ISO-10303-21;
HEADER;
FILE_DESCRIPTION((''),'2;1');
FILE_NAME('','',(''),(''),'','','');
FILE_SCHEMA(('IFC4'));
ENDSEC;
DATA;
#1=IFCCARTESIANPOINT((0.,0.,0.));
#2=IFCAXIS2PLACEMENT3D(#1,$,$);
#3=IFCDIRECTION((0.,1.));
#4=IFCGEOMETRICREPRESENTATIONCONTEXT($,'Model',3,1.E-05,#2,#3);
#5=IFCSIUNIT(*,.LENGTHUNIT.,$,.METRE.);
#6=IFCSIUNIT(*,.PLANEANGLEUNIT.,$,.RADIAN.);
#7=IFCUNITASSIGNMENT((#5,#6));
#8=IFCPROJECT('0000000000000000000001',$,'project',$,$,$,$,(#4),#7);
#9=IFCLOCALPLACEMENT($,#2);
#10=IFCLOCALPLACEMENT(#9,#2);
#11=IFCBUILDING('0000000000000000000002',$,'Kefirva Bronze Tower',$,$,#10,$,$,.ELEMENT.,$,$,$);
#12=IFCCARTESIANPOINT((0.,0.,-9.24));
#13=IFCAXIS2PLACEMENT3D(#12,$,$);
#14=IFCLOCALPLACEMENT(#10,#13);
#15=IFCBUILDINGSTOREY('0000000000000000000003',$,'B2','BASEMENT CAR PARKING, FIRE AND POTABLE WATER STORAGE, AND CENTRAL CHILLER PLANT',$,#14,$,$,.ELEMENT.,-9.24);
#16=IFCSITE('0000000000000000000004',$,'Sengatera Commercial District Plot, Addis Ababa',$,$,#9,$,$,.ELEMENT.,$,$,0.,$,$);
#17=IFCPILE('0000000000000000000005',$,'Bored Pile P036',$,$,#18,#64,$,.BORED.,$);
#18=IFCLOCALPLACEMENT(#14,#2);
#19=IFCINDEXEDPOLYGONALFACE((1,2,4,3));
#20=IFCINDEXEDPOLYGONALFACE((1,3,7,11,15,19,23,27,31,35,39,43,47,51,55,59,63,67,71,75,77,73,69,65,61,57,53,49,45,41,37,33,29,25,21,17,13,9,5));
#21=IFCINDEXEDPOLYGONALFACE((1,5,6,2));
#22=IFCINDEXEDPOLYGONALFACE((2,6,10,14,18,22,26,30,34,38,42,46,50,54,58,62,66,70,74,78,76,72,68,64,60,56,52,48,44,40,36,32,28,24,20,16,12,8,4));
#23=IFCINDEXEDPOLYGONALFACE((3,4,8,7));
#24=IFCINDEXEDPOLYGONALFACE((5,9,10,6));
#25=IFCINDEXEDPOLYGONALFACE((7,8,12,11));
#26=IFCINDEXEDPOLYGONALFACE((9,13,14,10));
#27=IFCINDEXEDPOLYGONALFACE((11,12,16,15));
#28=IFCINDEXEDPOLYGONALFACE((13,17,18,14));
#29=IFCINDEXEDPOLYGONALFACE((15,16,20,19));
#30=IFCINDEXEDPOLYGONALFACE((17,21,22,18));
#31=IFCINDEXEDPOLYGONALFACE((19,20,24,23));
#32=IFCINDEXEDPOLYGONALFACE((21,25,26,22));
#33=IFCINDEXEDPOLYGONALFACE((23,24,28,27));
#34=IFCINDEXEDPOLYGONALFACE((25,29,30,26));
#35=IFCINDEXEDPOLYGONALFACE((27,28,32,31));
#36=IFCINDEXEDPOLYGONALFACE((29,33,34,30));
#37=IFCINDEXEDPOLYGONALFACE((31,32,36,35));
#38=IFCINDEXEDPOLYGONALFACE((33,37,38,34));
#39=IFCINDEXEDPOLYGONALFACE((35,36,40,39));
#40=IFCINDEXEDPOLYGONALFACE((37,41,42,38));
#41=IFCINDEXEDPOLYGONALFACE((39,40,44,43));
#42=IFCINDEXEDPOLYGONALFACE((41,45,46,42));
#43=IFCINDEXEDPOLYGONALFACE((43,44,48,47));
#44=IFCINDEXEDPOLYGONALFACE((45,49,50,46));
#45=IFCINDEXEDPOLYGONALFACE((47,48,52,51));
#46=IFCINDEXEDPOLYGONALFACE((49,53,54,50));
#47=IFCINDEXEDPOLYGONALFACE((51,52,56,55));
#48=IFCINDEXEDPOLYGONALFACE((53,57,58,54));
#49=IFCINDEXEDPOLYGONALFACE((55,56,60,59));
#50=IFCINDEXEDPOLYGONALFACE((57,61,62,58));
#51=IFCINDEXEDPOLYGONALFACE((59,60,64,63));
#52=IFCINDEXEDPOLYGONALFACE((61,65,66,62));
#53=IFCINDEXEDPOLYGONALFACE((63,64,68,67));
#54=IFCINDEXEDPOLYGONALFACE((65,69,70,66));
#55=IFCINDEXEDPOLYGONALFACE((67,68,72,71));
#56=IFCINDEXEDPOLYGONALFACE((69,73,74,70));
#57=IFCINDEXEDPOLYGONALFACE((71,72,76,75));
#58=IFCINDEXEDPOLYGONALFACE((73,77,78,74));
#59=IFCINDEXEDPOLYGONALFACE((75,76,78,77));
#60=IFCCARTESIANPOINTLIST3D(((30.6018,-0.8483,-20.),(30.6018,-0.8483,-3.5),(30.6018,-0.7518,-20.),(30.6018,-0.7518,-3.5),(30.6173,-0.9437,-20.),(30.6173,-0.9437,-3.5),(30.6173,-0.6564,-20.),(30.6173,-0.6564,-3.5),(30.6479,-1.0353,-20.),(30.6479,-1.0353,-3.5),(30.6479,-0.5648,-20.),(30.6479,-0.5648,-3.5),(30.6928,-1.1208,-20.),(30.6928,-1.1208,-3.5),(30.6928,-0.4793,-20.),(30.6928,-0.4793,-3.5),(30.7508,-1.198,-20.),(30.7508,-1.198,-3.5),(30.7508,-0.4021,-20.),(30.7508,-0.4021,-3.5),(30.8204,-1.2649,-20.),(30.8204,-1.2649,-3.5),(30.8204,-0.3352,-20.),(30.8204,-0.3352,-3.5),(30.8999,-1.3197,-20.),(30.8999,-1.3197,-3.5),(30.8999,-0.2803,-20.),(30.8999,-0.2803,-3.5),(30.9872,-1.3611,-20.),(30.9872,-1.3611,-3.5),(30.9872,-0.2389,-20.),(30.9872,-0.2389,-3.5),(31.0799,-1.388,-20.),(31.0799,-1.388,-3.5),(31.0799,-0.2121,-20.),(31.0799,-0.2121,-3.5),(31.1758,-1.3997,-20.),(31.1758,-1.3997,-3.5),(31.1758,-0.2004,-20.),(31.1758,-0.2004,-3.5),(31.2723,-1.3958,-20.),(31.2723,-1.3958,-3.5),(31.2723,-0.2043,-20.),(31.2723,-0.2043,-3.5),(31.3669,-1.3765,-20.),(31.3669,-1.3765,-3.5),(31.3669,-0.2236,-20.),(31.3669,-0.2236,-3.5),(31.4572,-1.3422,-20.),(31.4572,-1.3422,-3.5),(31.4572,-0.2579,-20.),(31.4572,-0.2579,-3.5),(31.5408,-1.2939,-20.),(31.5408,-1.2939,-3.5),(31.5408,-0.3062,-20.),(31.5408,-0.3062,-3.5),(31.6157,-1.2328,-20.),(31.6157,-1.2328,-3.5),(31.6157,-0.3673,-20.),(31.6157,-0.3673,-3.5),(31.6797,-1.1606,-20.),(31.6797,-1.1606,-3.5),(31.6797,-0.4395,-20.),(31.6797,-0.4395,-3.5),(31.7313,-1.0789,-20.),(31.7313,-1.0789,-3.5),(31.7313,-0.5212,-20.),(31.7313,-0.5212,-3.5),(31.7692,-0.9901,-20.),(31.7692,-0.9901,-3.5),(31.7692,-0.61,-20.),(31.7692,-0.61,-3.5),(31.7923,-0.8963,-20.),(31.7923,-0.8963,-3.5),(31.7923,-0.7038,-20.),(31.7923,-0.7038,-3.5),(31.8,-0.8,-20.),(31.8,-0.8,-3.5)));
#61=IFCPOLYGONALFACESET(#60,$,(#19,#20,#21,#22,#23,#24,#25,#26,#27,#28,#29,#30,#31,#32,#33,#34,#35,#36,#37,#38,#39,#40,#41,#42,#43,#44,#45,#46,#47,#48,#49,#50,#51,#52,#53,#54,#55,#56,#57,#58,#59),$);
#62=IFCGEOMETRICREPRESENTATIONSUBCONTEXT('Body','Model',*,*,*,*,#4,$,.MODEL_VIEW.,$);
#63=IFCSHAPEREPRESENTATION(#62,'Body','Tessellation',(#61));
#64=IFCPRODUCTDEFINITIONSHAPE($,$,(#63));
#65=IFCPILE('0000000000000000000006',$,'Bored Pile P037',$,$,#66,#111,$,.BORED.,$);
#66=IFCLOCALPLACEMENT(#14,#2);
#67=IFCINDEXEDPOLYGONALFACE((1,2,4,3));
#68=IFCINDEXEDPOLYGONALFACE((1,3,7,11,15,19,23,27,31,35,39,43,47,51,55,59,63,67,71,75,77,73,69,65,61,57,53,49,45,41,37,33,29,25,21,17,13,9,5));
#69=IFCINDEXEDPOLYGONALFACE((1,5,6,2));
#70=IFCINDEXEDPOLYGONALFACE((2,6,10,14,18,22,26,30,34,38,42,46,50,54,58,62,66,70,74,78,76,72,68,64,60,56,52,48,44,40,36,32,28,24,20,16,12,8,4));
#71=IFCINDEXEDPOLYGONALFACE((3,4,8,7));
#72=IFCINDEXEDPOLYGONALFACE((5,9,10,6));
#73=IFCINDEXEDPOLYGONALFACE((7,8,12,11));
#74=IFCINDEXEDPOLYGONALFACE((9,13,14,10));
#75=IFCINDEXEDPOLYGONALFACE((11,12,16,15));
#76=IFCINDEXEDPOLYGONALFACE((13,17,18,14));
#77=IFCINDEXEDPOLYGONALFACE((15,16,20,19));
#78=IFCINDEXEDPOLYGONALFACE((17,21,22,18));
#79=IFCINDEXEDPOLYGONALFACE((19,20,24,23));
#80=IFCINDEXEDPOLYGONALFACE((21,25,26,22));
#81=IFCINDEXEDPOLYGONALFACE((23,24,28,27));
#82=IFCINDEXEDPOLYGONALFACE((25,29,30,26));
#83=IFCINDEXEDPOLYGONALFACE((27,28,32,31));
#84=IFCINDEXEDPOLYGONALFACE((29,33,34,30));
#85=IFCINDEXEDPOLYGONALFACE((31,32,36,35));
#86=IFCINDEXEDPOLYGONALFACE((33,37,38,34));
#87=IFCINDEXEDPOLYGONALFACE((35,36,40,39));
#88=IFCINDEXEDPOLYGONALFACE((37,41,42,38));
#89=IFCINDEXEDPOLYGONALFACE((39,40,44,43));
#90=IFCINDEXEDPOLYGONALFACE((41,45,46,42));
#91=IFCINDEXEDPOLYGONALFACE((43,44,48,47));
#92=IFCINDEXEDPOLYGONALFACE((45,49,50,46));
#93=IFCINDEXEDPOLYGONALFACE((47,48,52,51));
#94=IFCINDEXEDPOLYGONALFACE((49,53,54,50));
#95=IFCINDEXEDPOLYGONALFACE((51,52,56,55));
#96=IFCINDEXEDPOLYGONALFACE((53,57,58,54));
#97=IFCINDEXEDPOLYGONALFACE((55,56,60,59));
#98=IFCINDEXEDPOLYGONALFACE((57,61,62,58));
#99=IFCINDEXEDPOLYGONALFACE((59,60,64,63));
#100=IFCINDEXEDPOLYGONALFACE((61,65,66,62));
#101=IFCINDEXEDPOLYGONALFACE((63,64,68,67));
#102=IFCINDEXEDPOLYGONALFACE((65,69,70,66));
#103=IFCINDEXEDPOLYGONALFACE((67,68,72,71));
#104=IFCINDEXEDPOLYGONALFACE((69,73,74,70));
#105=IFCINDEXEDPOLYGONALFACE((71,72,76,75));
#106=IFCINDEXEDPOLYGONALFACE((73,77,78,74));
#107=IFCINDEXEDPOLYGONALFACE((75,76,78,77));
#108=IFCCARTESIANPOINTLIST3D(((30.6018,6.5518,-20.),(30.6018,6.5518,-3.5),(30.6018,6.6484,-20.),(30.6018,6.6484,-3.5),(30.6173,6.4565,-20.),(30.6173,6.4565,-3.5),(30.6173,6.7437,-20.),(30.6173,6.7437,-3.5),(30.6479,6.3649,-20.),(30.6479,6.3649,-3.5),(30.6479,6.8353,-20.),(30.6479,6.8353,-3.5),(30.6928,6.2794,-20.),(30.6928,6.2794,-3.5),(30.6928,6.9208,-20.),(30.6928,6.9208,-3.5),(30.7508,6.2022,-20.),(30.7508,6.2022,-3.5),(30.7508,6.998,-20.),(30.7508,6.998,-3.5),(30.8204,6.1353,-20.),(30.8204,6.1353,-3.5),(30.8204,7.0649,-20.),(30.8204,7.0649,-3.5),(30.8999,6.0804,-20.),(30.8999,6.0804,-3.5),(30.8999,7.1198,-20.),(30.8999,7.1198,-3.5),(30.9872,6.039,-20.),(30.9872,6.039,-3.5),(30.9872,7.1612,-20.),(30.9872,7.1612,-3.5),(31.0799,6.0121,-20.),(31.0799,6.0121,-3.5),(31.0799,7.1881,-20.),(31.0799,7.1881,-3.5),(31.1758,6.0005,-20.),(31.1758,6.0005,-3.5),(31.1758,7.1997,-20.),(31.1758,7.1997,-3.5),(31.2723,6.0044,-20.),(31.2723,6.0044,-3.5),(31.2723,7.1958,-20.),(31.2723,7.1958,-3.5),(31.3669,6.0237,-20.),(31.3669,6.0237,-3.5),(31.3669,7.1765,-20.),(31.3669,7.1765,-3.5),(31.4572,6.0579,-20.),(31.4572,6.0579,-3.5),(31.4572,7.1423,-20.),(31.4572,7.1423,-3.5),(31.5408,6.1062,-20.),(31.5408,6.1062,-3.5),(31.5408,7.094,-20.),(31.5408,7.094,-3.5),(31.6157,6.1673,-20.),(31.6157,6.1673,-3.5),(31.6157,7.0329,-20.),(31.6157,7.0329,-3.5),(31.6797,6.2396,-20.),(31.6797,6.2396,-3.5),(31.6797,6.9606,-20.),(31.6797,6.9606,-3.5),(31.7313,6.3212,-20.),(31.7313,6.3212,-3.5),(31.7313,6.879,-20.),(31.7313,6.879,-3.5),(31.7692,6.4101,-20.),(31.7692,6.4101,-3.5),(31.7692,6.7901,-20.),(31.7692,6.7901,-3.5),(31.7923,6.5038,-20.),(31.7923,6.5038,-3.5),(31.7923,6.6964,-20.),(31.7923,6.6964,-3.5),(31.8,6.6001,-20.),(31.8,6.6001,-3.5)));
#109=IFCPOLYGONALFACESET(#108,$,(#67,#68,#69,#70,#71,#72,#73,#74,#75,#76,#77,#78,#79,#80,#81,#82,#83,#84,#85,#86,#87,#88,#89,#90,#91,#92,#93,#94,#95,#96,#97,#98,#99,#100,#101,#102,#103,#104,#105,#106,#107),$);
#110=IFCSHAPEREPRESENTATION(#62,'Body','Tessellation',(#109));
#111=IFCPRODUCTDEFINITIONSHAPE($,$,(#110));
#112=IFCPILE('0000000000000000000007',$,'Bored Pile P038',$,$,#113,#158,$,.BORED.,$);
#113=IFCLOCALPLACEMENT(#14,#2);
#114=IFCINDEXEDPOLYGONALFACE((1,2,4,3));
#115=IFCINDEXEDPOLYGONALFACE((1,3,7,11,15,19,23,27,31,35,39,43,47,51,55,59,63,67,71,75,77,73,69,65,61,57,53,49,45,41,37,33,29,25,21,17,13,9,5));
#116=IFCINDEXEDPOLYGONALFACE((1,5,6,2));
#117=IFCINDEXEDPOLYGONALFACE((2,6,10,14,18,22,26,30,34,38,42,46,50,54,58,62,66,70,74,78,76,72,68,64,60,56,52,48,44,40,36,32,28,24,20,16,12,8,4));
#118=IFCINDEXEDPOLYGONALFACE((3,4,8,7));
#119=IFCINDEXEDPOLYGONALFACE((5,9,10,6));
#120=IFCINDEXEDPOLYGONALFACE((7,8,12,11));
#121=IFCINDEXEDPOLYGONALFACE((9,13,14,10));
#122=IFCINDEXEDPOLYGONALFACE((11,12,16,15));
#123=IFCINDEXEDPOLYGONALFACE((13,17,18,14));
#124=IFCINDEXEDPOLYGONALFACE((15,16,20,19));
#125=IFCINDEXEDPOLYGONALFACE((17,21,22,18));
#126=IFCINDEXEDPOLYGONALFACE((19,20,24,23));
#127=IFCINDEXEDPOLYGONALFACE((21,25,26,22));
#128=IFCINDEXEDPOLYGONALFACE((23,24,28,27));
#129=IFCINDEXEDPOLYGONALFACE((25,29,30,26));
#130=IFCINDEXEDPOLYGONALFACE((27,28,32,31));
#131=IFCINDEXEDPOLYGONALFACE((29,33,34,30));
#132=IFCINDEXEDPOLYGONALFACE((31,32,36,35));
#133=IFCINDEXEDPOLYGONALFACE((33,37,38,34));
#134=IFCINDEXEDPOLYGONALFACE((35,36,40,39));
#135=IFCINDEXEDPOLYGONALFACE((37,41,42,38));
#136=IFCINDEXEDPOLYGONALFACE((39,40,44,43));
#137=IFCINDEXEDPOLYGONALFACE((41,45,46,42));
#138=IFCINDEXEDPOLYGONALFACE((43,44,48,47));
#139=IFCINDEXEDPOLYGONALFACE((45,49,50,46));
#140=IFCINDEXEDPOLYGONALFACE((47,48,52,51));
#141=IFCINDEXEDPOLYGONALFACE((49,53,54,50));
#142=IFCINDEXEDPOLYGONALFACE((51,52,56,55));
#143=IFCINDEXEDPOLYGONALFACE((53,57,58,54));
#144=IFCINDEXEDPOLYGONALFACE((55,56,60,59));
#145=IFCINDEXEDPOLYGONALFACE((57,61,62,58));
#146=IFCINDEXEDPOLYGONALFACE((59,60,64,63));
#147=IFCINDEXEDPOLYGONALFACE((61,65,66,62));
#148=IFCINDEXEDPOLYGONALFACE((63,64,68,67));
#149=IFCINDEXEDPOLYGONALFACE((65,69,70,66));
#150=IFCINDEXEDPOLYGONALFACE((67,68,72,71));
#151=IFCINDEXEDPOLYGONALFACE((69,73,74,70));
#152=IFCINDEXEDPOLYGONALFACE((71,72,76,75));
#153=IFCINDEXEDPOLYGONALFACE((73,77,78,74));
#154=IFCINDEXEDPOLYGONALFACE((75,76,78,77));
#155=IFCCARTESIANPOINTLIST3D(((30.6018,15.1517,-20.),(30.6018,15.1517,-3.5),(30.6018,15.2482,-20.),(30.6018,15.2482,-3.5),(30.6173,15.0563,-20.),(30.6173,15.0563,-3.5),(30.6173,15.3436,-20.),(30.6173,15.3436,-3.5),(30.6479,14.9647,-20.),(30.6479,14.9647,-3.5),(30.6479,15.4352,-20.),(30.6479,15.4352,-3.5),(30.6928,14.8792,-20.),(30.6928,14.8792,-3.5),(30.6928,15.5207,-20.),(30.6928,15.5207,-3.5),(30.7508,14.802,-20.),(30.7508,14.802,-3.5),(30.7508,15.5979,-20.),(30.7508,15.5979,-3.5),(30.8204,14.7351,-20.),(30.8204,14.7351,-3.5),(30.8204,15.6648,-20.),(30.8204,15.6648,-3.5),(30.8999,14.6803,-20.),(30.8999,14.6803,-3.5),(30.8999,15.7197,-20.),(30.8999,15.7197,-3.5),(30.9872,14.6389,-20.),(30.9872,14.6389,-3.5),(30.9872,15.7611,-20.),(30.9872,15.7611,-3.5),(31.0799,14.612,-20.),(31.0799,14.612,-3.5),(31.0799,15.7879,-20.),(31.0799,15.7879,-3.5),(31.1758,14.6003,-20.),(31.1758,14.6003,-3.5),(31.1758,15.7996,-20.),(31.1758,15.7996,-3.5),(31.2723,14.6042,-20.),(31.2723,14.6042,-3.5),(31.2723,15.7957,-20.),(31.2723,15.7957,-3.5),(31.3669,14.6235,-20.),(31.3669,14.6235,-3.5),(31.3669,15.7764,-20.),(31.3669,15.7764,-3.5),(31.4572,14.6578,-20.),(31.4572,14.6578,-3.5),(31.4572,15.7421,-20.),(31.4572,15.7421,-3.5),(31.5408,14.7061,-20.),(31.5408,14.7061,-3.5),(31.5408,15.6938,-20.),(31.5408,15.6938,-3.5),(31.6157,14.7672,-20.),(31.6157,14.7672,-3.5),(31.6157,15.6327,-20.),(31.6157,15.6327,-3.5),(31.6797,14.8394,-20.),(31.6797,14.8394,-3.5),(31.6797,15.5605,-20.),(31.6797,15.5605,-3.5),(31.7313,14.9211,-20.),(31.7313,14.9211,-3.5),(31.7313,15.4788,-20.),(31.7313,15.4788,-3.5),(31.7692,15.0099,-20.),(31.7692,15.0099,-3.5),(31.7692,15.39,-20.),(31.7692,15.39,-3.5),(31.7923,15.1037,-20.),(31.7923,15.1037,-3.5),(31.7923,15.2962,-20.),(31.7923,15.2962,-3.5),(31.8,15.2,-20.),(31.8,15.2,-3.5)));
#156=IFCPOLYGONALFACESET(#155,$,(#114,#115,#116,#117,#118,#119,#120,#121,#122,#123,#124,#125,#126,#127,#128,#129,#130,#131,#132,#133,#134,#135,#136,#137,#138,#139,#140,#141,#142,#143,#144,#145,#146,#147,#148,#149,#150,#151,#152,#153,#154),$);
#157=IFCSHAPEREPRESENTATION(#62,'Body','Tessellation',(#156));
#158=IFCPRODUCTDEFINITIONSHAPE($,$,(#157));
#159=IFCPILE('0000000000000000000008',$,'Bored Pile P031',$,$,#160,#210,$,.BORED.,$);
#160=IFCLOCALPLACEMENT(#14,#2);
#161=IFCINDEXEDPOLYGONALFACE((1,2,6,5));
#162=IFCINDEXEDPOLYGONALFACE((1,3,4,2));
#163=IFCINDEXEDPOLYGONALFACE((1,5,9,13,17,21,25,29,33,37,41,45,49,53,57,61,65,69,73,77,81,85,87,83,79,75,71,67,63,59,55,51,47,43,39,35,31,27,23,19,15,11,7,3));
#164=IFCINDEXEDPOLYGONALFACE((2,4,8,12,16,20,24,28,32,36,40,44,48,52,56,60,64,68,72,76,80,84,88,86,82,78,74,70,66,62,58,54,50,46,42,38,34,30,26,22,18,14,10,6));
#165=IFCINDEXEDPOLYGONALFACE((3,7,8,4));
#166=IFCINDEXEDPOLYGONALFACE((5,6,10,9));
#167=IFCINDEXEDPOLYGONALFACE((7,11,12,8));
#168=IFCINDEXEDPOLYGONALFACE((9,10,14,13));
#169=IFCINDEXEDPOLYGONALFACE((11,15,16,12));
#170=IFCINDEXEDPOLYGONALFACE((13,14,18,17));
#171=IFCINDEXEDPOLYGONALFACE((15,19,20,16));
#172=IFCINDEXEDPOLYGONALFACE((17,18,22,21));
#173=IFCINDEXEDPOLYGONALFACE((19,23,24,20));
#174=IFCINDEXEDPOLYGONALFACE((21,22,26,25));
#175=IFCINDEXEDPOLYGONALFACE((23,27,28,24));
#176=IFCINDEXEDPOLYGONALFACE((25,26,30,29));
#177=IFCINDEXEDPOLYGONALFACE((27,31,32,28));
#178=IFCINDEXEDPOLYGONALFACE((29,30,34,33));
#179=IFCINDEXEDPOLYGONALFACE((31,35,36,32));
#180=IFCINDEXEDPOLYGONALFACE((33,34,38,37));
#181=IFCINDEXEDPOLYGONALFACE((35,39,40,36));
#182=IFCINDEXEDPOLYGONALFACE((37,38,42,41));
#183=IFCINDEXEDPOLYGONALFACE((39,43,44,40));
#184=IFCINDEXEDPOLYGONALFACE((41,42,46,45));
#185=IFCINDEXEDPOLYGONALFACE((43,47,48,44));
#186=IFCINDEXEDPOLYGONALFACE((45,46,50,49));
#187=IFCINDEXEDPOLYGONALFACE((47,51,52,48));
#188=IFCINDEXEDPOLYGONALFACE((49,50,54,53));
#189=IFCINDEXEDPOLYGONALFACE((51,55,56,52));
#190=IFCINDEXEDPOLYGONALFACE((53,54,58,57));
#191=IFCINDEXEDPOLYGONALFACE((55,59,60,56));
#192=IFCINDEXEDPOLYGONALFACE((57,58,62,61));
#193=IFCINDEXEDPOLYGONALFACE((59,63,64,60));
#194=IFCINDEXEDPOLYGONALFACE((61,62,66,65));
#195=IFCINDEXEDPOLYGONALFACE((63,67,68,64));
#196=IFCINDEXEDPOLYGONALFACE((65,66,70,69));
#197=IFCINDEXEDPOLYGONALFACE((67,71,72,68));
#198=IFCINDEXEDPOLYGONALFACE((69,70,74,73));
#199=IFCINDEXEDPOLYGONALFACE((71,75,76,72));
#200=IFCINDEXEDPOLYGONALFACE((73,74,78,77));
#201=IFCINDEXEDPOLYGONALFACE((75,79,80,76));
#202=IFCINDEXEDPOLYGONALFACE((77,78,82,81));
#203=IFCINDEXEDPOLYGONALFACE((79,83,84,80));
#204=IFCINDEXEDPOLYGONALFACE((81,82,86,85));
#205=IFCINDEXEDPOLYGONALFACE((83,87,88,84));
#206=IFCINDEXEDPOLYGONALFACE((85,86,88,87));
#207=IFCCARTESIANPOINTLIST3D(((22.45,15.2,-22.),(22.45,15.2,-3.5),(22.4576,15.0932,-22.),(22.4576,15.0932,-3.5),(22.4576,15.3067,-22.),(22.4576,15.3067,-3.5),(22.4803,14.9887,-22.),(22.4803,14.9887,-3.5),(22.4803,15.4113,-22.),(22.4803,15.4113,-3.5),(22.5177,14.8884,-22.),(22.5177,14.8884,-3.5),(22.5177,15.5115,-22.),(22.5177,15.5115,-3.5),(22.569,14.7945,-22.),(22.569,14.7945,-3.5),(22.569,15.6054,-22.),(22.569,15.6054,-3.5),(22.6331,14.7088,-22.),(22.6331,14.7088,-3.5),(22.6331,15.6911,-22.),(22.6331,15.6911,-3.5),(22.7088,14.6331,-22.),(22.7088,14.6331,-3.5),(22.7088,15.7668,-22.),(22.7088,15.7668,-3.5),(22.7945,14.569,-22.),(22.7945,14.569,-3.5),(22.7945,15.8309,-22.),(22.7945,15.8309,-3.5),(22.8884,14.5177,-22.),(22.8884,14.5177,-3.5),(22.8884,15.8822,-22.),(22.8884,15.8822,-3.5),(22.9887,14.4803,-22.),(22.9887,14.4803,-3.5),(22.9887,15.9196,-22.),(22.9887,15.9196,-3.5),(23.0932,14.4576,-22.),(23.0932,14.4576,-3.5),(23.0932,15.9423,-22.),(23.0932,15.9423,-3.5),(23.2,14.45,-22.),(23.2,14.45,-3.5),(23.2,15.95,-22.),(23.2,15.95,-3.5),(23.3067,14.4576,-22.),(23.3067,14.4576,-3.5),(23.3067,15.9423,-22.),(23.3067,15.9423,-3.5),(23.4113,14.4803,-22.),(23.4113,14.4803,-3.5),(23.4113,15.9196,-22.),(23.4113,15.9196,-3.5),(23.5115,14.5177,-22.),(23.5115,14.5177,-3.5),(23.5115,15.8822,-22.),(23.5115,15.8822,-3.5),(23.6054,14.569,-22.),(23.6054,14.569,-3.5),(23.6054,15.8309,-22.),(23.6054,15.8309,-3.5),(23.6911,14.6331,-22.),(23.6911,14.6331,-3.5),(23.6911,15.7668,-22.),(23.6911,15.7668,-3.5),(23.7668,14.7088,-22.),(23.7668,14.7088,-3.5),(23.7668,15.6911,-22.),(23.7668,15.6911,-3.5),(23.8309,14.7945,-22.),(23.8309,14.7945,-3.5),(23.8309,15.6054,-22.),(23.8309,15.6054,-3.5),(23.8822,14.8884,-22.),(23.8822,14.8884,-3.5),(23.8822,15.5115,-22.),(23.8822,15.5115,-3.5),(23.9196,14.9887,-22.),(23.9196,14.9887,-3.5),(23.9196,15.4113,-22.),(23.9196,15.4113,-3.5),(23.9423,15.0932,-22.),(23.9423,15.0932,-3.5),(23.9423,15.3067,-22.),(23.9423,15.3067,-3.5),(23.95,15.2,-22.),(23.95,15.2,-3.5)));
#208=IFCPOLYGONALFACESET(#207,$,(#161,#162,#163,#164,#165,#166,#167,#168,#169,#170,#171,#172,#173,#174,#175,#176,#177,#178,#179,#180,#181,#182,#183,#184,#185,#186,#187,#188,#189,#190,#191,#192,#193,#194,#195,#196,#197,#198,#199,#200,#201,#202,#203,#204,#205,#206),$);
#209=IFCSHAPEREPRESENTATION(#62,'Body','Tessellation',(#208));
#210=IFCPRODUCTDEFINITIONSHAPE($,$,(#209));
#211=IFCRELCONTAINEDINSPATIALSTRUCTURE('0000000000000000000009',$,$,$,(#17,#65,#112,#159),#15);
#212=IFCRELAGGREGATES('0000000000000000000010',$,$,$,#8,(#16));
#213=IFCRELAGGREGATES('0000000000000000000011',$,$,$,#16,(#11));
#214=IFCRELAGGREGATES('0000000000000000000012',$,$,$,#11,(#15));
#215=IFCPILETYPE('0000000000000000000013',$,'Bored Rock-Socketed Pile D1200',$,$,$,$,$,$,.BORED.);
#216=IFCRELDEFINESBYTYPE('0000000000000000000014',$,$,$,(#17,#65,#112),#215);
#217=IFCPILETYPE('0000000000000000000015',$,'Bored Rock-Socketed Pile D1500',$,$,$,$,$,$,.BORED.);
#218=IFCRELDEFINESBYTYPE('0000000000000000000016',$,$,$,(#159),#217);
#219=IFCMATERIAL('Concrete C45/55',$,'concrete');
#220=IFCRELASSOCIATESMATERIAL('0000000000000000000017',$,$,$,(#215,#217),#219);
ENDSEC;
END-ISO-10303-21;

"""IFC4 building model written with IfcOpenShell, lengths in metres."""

from ifc_helpers import new_model, si_unit, direction, frame, origin, origin_2d, place, context, subcontext, project, spatial, circle, extrude, material, material_profile, profile_set, type_object, element, save


model = new_model("IFC4")

# Units and contexts
model_context = context("Model", 3, precision=1e-05, world=origin(), true_north=direction((0.0, 1.0)))
body_context = subcontext(model_context, "Body", "Model", "MODEL_VIEW")
ifc_project = project(units=[si_unit("LENGTHUNIT", "METRE"), si_unit("PLANEANGLEUNIT", "RADIAN")], contexts=[model_context])

# Site, building, storey
site_placement = place(None, origin())
site = spatial("IfcSite", under=ifc_project, at=site_placement, Name="Sengatera Commercial District Plot, Addis Ababa", CompositionType="ELEMENT", RefElevation=0.0)
building_placement = place(site_placement, origin())
building = spatial("IfcBuilding", under=site, at=building_placement, Name="Kefirva Bronze Tower", CompositionType="ELEMENT")
storey_placement = place(building_placement, frame((0.0, 0.0, -9.24)))
storey = spatial("IfcBuildingStorey", under=building, at=storey_placement, Name="B2", Description="BASEMENT CAR PARKING, FIRE AND POTABLE WATER STORAGE, AND CENTRAL CHILLER PLANT", CompositionType="ELEMENT", Elevation=-9.24)

# Piles
ifc_material_1 = material(Name="Concrete C45/55", Category="concrete")
ifc_material_profile_1 = material_profile(ifc_material_1, circle(Radius=0.6001, at=origin_2d()), Name="BORED PILE D1200")
ifc_profile_set_1 = profile_set([ifc_material_profile_1], Name="Concrete C45/55")
pile_type_1 = type_object("IfcPileType", Name="Bored Rock-Socketed Pile D1200", PredefinedType="BORED", material=ifc_profile_set_1)
for number, where, z_axis, x_axis, name in (
    (1, (31.2, -0.8, -3.5), (0.0, 0.0, -1.0), (1.0, 0.0, 0.0), "Bored Pile P036"),
    (2, (31.2, 6.6001, -3.5), (0.0, 0.0, -1.0), (1.0, 0.0, 0.0), "Bored Pile P037"),
    (3, (31.2, 15.2, -3.5), (0.0, 0.0, -1.0), (1.0, 0.0, 0.0), "Bored Pile P038"),
):
    element("IfcPile", number, at=place(storey_placement, frame(where, z_axis=z_axis, x_axis=x_axis)), inside=storey, type_object=pile_type_1, Name=name, PredefinedType="BORED", context=body_context, shape_type="SweptSolid", body=[
        extrude(circle(Radius=0.6001, at=origin_2d()), origin(), (0.0, 0.0, 1.0), 16.5),
    ])
ifc_material_profile_2 = material_profile(ifc_material_1, circle(Radius=0.75, at=origin_2d()), Name="BORED PILE D1500")
ifc_profile_set_2 = profile_set([ifc_material_profile_2], Name="Concrete C45/55")
pile_type_2 = type_object("IfcPileType", Name="Bored Rock-Socketed Pile D1500", PredefinedType="BORED", material=ifc_profile_set_2)
pile_placement = place(storey_placement, frame((23.2, 15.2, -3.5), z_axis=(0.0, 0.0, -1.0), x_axis=(1.0, 0.0, 0.0)))
element("IfcPile", 4, at=pile_placement, inside=storey, type_object=pile_type_2, Name="Bored Pile P031", PredefinedType="BORED", context=body_context, shape_type="SweptSolid", body=[
    extrude(circle(Radius=0.75, at=origin_2d()), origin(), (0.0, 0.0, 1.0), 18.5),
])

save(model, "model.ifc")
